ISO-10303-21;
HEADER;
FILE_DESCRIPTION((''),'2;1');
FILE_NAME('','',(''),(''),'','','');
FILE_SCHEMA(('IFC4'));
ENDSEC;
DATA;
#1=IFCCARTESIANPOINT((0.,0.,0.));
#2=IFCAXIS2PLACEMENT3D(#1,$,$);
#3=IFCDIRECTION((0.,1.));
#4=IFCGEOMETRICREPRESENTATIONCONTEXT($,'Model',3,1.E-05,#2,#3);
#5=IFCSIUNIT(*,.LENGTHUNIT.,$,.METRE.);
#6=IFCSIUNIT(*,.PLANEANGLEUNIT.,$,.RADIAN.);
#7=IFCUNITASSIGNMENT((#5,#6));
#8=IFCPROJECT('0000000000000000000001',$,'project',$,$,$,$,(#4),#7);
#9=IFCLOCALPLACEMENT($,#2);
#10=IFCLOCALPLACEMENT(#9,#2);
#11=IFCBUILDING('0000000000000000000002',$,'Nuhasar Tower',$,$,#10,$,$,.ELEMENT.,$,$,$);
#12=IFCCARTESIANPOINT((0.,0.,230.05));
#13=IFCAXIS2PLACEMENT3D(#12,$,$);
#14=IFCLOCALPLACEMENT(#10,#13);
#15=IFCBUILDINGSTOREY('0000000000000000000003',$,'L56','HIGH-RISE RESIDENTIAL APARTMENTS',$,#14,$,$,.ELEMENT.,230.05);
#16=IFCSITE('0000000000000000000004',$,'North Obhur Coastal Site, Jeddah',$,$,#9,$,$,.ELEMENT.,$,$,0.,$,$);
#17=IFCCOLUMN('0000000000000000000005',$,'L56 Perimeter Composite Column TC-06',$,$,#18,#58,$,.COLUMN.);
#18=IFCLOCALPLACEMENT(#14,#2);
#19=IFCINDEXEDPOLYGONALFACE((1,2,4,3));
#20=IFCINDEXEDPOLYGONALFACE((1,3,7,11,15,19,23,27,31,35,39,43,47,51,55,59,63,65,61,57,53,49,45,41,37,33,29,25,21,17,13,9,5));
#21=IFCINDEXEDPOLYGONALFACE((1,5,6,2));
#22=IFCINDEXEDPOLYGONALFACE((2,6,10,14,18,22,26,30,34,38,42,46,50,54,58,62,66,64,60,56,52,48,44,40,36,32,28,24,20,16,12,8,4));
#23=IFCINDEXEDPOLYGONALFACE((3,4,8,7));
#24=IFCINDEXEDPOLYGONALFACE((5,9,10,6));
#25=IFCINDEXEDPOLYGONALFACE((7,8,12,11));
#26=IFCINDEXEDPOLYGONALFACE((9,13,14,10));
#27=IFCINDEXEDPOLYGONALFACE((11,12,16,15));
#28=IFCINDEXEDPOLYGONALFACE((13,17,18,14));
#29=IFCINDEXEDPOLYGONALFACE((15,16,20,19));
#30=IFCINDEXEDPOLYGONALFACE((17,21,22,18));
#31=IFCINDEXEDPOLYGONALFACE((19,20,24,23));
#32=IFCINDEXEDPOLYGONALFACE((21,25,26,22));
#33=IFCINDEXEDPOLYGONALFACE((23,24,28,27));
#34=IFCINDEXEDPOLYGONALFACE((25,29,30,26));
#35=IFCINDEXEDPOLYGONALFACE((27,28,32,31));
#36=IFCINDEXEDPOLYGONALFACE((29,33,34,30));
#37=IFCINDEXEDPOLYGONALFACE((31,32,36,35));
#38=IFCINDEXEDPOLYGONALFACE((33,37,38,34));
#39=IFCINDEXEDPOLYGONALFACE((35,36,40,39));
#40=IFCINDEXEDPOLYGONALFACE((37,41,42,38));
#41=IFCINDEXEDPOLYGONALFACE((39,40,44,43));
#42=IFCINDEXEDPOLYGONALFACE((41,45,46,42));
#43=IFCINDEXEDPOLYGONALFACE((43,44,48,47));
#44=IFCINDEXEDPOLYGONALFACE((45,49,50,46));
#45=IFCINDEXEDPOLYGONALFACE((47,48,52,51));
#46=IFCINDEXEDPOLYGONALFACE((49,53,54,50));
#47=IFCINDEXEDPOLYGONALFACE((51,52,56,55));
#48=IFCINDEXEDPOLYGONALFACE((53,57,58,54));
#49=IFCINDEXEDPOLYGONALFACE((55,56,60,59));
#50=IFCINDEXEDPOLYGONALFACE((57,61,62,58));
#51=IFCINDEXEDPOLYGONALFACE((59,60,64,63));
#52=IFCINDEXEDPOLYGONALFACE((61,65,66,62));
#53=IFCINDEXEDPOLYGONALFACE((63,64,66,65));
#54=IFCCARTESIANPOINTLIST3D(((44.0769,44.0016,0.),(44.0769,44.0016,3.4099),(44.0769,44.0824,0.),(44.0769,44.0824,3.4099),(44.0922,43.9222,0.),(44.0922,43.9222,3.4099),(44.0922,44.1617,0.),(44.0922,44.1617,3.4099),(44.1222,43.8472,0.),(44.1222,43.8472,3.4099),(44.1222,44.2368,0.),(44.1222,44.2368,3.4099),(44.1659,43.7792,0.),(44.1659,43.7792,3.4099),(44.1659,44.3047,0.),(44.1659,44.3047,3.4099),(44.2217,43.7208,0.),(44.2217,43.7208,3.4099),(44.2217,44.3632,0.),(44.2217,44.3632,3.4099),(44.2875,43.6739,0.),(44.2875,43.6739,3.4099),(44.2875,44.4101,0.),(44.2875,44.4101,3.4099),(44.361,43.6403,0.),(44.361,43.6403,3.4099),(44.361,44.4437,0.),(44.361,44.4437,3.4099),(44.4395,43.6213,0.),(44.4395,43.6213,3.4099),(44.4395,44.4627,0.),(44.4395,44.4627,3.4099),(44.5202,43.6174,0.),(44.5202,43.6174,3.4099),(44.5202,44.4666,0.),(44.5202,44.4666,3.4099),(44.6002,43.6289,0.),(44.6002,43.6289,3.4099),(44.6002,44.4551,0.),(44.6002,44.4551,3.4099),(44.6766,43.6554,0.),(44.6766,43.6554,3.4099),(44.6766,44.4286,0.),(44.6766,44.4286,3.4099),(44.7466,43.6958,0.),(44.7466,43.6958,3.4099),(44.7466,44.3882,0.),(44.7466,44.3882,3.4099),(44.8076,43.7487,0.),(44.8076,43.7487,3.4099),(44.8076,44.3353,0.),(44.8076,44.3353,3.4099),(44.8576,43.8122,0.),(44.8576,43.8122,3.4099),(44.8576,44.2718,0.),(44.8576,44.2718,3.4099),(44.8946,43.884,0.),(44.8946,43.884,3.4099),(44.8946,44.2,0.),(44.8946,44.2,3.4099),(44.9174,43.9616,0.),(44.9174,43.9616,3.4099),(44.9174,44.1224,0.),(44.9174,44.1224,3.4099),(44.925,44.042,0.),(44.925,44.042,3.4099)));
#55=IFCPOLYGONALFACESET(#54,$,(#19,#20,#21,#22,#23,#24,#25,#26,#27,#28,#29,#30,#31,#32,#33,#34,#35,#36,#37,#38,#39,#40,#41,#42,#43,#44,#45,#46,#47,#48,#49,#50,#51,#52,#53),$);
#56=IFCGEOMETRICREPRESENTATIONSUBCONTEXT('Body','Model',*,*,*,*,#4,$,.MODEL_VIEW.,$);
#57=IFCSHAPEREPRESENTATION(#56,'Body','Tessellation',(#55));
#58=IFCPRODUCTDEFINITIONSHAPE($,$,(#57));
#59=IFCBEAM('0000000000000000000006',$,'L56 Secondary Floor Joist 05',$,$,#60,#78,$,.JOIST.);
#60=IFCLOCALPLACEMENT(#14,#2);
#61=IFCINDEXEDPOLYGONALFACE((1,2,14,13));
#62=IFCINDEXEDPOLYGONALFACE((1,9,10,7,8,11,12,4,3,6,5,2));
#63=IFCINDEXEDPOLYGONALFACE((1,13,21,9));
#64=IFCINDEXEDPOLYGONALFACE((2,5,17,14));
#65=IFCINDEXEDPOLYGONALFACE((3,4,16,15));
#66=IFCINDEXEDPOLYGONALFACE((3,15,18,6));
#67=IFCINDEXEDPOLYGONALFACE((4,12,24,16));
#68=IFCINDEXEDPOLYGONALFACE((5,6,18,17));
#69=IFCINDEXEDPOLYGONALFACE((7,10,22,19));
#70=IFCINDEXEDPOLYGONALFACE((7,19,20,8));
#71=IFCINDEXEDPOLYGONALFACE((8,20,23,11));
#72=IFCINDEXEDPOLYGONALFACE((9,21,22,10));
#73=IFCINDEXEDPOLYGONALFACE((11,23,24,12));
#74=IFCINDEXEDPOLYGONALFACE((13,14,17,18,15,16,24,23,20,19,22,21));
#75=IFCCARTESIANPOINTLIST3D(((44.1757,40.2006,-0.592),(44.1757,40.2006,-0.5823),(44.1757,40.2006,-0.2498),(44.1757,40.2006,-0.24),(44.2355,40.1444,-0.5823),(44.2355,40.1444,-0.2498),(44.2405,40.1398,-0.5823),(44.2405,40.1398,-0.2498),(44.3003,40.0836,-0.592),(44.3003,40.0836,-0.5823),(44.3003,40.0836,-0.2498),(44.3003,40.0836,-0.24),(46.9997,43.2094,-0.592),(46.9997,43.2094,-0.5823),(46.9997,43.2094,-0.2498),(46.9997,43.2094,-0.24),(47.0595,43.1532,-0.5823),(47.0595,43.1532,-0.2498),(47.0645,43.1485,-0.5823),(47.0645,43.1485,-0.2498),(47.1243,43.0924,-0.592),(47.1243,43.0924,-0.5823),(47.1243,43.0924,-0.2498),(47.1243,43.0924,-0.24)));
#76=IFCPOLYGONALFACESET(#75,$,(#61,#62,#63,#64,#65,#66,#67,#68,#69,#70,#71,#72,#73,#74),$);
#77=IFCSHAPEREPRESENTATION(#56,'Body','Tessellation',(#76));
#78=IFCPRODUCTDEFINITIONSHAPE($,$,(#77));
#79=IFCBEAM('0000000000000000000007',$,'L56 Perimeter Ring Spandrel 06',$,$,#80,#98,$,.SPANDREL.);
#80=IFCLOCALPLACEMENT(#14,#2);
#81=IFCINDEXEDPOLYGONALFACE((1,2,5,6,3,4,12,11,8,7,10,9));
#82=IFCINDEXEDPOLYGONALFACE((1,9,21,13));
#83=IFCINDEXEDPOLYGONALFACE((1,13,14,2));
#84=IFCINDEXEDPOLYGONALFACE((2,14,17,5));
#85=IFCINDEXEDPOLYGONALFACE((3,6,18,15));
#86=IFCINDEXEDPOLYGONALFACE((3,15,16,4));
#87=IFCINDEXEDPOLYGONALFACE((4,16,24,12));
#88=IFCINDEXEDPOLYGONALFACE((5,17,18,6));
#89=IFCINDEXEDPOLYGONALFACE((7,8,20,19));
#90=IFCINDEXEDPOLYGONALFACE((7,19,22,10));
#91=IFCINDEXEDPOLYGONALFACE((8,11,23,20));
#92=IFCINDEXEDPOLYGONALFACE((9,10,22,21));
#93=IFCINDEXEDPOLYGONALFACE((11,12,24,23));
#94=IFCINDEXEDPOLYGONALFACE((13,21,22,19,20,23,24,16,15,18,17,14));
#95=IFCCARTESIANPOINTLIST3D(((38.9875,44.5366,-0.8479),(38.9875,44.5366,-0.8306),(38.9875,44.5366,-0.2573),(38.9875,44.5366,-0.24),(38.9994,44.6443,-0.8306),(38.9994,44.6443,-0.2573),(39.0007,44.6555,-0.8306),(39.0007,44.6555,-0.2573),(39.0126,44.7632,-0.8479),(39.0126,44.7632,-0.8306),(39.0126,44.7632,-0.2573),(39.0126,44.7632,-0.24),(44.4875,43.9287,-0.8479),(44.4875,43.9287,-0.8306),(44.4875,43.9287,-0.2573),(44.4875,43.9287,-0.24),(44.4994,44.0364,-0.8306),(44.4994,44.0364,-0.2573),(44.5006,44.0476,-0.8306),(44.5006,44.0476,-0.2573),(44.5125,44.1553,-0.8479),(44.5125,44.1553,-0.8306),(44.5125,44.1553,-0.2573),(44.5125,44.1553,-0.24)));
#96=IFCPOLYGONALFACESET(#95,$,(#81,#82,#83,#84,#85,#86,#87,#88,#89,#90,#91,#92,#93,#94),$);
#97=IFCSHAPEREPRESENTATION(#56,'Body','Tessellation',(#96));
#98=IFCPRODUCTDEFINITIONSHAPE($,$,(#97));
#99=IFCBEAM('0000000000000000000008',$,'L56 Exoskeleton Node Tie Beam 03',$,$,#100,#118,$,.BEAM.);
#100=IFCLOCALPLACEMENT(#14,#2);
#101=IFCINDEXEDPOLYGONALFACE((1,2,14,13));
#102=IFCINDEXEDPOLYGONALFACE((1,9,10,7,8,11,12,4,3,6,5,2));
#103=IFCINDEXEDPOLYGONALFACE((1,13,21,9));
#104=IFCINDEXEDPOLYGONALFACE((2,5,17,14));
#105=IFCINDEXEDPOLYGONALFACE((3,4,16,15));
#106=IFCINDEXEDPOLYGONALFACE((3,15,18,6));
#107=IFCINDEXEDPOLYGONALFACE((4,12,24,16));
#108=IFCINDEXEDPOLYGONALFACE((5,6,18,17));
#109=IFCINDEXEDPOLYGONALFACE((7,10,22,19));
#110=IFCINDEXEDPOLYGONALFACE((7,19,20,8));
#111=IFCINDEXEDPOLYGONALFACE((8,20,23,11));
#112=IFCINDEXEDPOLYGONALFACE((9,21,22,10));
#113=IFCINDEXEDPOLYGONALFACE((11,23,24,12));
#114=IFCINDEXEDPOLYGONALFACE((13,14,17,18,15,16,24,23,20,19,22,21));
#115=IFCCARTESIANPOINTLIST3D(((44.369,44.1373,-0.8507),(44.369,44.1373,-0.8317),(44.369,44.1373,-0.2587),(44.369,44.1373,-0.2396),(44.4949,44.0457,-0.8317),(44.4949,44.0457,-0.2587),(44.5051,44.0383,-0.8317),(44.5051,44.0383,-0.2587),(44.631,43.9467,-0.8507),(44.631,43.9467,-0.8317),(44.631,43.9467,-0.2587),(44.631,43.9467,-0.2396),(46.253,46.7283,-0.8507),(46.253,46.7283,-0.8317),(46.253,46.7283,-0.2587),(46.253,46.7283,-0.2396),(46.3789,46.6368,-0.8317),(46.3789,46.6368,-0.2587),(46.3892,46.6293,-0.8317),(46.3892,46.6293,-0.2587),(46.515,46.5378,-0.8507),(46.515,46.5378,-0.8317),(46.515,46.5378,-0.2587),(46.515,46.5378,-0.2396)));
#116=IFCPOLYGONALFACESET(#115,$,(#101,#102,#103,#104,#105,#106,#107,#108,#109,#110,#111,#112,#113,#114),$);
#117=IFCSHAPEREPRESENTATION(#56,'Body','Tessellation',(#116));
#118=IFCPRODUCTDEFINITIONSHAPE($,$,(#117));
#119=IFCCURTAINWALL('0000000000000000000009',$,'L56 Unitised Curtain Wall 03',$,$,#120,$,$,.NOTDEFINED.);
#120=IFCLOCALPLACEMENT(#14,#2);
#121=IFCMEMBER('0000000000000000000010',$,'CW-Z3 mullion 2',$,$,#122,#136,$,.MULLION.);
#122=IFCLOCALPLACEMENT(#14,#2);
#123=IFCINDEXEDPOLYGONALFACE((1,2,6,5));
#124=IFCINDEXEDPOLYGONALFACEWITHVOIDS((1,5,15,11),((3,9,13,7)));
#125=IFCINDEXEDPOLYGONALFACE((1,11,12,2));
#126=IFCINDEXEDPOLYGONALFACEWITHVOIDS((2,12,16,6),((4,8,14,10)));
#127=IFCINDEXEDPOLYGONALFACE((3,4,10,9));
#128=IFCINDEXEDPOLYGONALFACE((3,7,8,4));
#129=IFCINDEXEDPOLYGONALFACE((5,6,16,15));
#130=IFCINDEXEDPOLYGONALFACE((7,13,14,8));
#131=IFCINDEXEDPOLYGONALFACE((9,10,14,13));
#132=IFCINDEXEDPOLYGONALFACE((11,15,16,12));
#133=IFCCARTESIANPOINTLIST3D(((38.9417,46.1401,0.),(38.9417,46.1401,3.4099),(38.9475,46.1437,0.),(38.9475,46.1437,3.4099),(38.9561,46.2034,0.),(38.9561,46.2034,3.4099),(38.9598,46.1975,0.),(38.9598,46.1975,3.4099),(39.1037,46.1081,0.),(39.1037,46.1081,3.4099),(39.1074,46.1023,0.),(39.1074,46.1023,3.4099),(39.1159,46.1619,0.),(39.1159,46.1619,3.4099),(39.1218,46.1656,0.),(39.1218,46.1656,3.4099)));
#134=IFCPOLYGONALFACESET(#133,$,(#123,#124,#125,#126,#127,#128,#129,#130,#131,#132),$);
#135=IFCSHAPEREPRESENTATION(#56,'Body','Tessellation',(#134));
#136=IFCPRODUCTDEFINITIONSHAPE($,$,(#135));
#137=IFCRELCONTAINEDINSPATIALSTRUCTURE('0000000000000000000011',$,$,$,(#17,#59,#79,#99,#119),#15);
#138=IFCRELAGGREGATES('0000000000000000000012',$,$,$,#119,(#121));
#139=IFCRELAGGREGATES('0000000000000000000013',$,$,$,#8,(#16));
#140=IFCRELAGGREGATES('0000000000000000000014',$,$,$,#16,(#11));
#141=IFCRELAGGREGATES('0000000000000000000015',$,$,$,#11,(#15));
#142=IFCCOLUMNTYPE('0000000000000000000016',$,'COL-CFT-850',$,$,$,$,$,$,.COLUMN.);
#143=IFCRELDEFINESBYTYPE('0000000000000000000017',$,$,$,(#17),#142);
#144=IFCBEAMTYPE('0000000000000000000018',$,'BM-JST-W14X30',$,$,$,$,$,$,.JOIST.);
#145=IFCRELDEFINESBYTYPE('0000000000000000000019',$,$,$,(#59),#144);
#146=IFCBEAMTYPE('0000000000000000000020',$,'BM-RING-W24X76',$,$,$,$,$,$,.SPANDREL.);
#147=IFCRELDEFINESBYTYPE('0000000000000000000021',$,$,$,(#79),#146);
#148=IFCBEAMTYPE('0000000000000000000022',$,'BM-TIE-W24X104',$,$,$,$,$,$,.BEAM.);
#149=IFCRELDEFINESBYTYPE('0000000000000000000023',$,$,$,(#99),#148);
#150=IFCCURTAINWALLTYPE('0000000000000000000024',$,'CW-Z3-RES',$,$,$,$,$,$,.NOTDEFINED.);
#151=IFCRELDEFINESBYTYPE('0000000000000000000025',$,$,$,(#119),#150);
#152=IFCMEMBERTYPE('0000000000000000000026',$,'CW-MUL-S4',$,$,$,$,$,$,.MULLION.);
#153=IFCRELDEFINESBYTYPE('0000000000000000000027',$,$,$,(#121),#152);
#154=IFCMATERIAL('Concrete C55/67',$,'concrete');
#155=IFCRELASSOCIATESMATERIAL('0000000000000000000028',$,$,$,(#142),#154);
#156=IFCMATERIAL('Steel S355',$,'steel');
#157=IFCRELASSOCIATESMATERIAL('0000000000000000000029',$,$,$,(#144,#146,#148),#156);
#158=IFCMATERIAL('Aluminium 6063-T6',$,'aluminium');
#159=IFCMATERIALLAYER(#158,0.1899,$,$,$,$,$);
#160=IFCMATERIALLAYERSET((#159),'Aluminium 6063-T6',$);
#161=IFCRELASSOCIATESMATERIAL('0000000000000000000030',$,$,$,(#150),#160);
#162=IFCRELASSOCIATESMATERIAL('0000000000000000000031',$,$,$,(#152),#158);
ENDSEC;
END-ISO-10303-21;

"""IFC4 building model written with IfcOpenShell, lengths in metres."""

from ifc_helpers import new_model, si_unit, direction, frame, origin, origin_2d, place, context, subcontext, project, spatial, hollow_rectangle, circle, i_section, extrude, material, layer, layer_set, material_profile, profile_set, type_object, element, aggregate, save


model = new_model("IFC4")

# Units and contexts
model_context = context("Model", 3, precision=1e-05, world=origin(), true_north=direction((0.0, 1.0)))
body_context = subcontext(model_context, "Body", "Model", "MODEL_VIEW")
ifc_project = project(units=[si_unit("LENGTHUNIT", "METRE"), si_unit("PLANEANGLEUNIT", "RADIAN")], contexts=[model_context])

# Site, building, storey
site_placement = place(None, origin())
site = spatial("IfcSite", under=ifc_project, at=site_placement, Name="North Obhur Coastal Site, Jeddah", CompositionType="ELEMENT", RefElevation=0.0)
building_placement = place(site_placement, origin())
building = spatial("IfcBuilding", under=site, at=building_placement, Name="Nuhasar Tower", CompositionType="ELEMENT")
storey_placement = place(building_placement, frame((0.0, 0.0, 230.05)))
storey = spatial("IfcBuildingStorey", under=building, at=storey_placement, Name="L56", Description="HIGH-RISE RESIDENTIAL APARTMENTS", CompositionType="ELEMENT", Elevation=230.05)

# Column
ifc_material_1 = material(Name="Concrete C55/67", Category="concrete")
ifc_material_profile_1 = material_profile(ifc_material_1, circle(Radius=0.425, at=origin_2d()), Name="CFT850")
ifc_profile_set_1 = profile_set([ifc_material_profile_1], Name="Concrete C55/67")
column_type = type_object("IfcColumnType", Name="COL-CFT-850", PredefinedType="COLUMN", material=ifc_profile_set_1)
column_placement = place(storey_placement, frame((44.5, 44.042, 0.0), z_axis=(0.0, 0.0, 1.0), x_axis=(1.0, 0.0, 0.0)))
element("IfcColumn", 1, at=column_placement, inside=storey, type_object=column_type, Name="L56 Perimeter Composite Column TC-06", PredefinedType="COLUMN", context=body_context, shape_type="SweptSolid", body=[
    extrude(circle(Radius=0.425, at=origin_2d()), origin(), (0.0, 0.0, 1.0), 3.4099),
])

# Beams
ifc_material_2 = material(Name="Steel S355", Category="steel")
ifc_material_profile_2 = material_profile(ifc_material_2, i_section(OverallWidth=0.1709, OverallDepth=0.3521, WebThickness=0.0068, FlangeThickness=0.0098, at=origin_2d()), Name="W14X30")
ifc_profile_set_2 = profile_set([ifc_material_profile_2], Name="Steel S355")
beam_type_1 = type_object("IfcBeamType", Name="BM-JST-W14X30", PredefinedType="JOIST", material=ifc_profile_set_2)
beam_1_placement = place(storey_placement, frame((44.238, 40.1421, -0.416), z_axis=(0.684358, 0.729146, 0.0), x_axis=(-0.729146, 0.684358, 0.0)))
element("IfcBeam", 2, at=beam_1_placement, inside=storey, type_object=beam_type_1, Name="L56 Secondary Floor Joist 05", PredefinedType="JOIST", context=body_context, shape_type="SweptSolid", body=[
    extrude(i_section(OverallWidth=0.1709, OverallDepth=0.3521, WebThickness=0.0068, FlangeThickness=0.0098, at=origin_2d()), origin(), (0.0, 0.0, 1.0), 4.1265),
])
ifc_material_profile_3 = material_profile(ifc_material_2, i_section(OverallWidth=0.228, OverallDepth=0.6079, WebThickness=0.0112, FlangeThickness=0.0173, at=origin_2d()), Name="W24X76")
ifc_profile_set_3 = profile_set([ifc_material_profile_3], Name="Steel S355")
beam_type_2 = type_object("IfcBeamType", Name="BM-RING-W24X76", PredefinedType="SPANDREL", material=ifc_profile_set_3)
beam_2_placement = place(storey_placement, frame((44.5, 44.042, -0.5439), z_axis=(-0.993947, 0.10986, 0.0), x_axis=(-0.10986, -0.993947, 0.0)))
element("IfcBeam", 3, at=beam_2_placement, inside=storey, type_object=beam_type_2, Name="L56 Perimeter Ring Spandrel 06", PredefinedType="SPANDREL", context=body_context, shape_type="SweptSolid", body=[
    extrude(i_section(OverallWidth=0.228, OverallDepth=0.6079, WebThickness=0.0112, FlangeThickness=0.0173, at=origin_2d()), origin(), (0.0, 0.0, 1.0), 5.5334),
])
ifc_material_profile_4 = material_profile(ifc_material_2, i_section(OverallWidth=0.324, OverallDepth=0.6111, WebThickness=0.0127, FlangeThickness=0.019, at=origin_2d()), Name="W24X104")
ifc_profile_set_4 = profile_set([ifc_material_profile_4], Name="Steel S355")
beam_type_3 = type_object("IfcBeamType", Name="BM-TIE-W24X104", PredefinedType="BEAM", material=ifc_profile_set_4)
beam_3_placement = place(storey_placement, frame((44.5, 44.042, -0.5452), z_axis=(0.588095, 0.808792, 0.0), x_axis=(-0.808792, 0.588095, 0.0)))
element("IfcBeam", 4, at=beam_3_placement, inside=storey, type_object=beam_type_3, Name="L56 Exoskeleton Node Tie Beam 03", PredefinedType="BEAM", context=body_context, shape_type="SweptSolid", body=[
    extrude(i_section(OverallWidth=0.324, OverallDepth=0.6111, WebThickness=0.0127, FlangeThickness=0.019, at=origin_2d()), origin(), (0.0, 0.0, 1.0), 3.2036),
])

# Curtain wall, member
ifc_material_3 = material(Name="Aluminium 6063-T6", Category="aluminium")
ifc_layer_1 = layer(ifc_material_3, 0.1899)
ifc_layer_set_1 = layer_set([ifc_layer_1], Name="Aluminium 6063-T6")
curtain_wall_type = type_object("IfcCurtainWallType", Name="CW-Z3-RES", PredefinedType="NOTDEFINED", material=ifc_layer_set_1)
curtain_wall_placement = place(storey_placement, origin())
curtain_wall = element("IfcCurtainWall", 5, at=curtain_wall_placement, inside=storey, type_object=curtain_wall_type, Name="L56 Unitised Curtain Wall 03", PredefinedType="NOTDEFINED")
ifc_material_profile_5 = material_profile(ifc_material_3, hollow_rectangle(XDim=0.0649, YDim=0.1699, WallThickness=0.0049, at=origin_2d()), Name="CWM-4")
ifc_profile_set_5 = profile_set([ifc_material_profile_5], Name="Aluminium 6063-T6")
member_type_1 = type_object("IfcMemberType", Name="CW-MUL-S4", PredefinedType="MULLION", material=ifc_profile_set_5)
member_placement = place(storey_placement, frame((39.0317, 46.1528, 0.0), z_axis=(0.0, 0.0, 1.0), x_axis=(-0.222243, -0.974991, 0.0)))
member = element("IfcMember", 6, at=member_placement, type_object=member_type_1, Name="CW-Z3 mullion 2", PredefinedType="MULLION", context=body_context, shape_type="SweptSolid", body=[
    extrude(hollow_rectangle(XDim=0.0649, YDim=0.1699, WallThickness=0.0049, at=origin_2d()), origin(), (0.0, 0.0, 1.0), 3.4099),
])

aggregate(curtain_wall, [member])

save(model, "model.ifc")
